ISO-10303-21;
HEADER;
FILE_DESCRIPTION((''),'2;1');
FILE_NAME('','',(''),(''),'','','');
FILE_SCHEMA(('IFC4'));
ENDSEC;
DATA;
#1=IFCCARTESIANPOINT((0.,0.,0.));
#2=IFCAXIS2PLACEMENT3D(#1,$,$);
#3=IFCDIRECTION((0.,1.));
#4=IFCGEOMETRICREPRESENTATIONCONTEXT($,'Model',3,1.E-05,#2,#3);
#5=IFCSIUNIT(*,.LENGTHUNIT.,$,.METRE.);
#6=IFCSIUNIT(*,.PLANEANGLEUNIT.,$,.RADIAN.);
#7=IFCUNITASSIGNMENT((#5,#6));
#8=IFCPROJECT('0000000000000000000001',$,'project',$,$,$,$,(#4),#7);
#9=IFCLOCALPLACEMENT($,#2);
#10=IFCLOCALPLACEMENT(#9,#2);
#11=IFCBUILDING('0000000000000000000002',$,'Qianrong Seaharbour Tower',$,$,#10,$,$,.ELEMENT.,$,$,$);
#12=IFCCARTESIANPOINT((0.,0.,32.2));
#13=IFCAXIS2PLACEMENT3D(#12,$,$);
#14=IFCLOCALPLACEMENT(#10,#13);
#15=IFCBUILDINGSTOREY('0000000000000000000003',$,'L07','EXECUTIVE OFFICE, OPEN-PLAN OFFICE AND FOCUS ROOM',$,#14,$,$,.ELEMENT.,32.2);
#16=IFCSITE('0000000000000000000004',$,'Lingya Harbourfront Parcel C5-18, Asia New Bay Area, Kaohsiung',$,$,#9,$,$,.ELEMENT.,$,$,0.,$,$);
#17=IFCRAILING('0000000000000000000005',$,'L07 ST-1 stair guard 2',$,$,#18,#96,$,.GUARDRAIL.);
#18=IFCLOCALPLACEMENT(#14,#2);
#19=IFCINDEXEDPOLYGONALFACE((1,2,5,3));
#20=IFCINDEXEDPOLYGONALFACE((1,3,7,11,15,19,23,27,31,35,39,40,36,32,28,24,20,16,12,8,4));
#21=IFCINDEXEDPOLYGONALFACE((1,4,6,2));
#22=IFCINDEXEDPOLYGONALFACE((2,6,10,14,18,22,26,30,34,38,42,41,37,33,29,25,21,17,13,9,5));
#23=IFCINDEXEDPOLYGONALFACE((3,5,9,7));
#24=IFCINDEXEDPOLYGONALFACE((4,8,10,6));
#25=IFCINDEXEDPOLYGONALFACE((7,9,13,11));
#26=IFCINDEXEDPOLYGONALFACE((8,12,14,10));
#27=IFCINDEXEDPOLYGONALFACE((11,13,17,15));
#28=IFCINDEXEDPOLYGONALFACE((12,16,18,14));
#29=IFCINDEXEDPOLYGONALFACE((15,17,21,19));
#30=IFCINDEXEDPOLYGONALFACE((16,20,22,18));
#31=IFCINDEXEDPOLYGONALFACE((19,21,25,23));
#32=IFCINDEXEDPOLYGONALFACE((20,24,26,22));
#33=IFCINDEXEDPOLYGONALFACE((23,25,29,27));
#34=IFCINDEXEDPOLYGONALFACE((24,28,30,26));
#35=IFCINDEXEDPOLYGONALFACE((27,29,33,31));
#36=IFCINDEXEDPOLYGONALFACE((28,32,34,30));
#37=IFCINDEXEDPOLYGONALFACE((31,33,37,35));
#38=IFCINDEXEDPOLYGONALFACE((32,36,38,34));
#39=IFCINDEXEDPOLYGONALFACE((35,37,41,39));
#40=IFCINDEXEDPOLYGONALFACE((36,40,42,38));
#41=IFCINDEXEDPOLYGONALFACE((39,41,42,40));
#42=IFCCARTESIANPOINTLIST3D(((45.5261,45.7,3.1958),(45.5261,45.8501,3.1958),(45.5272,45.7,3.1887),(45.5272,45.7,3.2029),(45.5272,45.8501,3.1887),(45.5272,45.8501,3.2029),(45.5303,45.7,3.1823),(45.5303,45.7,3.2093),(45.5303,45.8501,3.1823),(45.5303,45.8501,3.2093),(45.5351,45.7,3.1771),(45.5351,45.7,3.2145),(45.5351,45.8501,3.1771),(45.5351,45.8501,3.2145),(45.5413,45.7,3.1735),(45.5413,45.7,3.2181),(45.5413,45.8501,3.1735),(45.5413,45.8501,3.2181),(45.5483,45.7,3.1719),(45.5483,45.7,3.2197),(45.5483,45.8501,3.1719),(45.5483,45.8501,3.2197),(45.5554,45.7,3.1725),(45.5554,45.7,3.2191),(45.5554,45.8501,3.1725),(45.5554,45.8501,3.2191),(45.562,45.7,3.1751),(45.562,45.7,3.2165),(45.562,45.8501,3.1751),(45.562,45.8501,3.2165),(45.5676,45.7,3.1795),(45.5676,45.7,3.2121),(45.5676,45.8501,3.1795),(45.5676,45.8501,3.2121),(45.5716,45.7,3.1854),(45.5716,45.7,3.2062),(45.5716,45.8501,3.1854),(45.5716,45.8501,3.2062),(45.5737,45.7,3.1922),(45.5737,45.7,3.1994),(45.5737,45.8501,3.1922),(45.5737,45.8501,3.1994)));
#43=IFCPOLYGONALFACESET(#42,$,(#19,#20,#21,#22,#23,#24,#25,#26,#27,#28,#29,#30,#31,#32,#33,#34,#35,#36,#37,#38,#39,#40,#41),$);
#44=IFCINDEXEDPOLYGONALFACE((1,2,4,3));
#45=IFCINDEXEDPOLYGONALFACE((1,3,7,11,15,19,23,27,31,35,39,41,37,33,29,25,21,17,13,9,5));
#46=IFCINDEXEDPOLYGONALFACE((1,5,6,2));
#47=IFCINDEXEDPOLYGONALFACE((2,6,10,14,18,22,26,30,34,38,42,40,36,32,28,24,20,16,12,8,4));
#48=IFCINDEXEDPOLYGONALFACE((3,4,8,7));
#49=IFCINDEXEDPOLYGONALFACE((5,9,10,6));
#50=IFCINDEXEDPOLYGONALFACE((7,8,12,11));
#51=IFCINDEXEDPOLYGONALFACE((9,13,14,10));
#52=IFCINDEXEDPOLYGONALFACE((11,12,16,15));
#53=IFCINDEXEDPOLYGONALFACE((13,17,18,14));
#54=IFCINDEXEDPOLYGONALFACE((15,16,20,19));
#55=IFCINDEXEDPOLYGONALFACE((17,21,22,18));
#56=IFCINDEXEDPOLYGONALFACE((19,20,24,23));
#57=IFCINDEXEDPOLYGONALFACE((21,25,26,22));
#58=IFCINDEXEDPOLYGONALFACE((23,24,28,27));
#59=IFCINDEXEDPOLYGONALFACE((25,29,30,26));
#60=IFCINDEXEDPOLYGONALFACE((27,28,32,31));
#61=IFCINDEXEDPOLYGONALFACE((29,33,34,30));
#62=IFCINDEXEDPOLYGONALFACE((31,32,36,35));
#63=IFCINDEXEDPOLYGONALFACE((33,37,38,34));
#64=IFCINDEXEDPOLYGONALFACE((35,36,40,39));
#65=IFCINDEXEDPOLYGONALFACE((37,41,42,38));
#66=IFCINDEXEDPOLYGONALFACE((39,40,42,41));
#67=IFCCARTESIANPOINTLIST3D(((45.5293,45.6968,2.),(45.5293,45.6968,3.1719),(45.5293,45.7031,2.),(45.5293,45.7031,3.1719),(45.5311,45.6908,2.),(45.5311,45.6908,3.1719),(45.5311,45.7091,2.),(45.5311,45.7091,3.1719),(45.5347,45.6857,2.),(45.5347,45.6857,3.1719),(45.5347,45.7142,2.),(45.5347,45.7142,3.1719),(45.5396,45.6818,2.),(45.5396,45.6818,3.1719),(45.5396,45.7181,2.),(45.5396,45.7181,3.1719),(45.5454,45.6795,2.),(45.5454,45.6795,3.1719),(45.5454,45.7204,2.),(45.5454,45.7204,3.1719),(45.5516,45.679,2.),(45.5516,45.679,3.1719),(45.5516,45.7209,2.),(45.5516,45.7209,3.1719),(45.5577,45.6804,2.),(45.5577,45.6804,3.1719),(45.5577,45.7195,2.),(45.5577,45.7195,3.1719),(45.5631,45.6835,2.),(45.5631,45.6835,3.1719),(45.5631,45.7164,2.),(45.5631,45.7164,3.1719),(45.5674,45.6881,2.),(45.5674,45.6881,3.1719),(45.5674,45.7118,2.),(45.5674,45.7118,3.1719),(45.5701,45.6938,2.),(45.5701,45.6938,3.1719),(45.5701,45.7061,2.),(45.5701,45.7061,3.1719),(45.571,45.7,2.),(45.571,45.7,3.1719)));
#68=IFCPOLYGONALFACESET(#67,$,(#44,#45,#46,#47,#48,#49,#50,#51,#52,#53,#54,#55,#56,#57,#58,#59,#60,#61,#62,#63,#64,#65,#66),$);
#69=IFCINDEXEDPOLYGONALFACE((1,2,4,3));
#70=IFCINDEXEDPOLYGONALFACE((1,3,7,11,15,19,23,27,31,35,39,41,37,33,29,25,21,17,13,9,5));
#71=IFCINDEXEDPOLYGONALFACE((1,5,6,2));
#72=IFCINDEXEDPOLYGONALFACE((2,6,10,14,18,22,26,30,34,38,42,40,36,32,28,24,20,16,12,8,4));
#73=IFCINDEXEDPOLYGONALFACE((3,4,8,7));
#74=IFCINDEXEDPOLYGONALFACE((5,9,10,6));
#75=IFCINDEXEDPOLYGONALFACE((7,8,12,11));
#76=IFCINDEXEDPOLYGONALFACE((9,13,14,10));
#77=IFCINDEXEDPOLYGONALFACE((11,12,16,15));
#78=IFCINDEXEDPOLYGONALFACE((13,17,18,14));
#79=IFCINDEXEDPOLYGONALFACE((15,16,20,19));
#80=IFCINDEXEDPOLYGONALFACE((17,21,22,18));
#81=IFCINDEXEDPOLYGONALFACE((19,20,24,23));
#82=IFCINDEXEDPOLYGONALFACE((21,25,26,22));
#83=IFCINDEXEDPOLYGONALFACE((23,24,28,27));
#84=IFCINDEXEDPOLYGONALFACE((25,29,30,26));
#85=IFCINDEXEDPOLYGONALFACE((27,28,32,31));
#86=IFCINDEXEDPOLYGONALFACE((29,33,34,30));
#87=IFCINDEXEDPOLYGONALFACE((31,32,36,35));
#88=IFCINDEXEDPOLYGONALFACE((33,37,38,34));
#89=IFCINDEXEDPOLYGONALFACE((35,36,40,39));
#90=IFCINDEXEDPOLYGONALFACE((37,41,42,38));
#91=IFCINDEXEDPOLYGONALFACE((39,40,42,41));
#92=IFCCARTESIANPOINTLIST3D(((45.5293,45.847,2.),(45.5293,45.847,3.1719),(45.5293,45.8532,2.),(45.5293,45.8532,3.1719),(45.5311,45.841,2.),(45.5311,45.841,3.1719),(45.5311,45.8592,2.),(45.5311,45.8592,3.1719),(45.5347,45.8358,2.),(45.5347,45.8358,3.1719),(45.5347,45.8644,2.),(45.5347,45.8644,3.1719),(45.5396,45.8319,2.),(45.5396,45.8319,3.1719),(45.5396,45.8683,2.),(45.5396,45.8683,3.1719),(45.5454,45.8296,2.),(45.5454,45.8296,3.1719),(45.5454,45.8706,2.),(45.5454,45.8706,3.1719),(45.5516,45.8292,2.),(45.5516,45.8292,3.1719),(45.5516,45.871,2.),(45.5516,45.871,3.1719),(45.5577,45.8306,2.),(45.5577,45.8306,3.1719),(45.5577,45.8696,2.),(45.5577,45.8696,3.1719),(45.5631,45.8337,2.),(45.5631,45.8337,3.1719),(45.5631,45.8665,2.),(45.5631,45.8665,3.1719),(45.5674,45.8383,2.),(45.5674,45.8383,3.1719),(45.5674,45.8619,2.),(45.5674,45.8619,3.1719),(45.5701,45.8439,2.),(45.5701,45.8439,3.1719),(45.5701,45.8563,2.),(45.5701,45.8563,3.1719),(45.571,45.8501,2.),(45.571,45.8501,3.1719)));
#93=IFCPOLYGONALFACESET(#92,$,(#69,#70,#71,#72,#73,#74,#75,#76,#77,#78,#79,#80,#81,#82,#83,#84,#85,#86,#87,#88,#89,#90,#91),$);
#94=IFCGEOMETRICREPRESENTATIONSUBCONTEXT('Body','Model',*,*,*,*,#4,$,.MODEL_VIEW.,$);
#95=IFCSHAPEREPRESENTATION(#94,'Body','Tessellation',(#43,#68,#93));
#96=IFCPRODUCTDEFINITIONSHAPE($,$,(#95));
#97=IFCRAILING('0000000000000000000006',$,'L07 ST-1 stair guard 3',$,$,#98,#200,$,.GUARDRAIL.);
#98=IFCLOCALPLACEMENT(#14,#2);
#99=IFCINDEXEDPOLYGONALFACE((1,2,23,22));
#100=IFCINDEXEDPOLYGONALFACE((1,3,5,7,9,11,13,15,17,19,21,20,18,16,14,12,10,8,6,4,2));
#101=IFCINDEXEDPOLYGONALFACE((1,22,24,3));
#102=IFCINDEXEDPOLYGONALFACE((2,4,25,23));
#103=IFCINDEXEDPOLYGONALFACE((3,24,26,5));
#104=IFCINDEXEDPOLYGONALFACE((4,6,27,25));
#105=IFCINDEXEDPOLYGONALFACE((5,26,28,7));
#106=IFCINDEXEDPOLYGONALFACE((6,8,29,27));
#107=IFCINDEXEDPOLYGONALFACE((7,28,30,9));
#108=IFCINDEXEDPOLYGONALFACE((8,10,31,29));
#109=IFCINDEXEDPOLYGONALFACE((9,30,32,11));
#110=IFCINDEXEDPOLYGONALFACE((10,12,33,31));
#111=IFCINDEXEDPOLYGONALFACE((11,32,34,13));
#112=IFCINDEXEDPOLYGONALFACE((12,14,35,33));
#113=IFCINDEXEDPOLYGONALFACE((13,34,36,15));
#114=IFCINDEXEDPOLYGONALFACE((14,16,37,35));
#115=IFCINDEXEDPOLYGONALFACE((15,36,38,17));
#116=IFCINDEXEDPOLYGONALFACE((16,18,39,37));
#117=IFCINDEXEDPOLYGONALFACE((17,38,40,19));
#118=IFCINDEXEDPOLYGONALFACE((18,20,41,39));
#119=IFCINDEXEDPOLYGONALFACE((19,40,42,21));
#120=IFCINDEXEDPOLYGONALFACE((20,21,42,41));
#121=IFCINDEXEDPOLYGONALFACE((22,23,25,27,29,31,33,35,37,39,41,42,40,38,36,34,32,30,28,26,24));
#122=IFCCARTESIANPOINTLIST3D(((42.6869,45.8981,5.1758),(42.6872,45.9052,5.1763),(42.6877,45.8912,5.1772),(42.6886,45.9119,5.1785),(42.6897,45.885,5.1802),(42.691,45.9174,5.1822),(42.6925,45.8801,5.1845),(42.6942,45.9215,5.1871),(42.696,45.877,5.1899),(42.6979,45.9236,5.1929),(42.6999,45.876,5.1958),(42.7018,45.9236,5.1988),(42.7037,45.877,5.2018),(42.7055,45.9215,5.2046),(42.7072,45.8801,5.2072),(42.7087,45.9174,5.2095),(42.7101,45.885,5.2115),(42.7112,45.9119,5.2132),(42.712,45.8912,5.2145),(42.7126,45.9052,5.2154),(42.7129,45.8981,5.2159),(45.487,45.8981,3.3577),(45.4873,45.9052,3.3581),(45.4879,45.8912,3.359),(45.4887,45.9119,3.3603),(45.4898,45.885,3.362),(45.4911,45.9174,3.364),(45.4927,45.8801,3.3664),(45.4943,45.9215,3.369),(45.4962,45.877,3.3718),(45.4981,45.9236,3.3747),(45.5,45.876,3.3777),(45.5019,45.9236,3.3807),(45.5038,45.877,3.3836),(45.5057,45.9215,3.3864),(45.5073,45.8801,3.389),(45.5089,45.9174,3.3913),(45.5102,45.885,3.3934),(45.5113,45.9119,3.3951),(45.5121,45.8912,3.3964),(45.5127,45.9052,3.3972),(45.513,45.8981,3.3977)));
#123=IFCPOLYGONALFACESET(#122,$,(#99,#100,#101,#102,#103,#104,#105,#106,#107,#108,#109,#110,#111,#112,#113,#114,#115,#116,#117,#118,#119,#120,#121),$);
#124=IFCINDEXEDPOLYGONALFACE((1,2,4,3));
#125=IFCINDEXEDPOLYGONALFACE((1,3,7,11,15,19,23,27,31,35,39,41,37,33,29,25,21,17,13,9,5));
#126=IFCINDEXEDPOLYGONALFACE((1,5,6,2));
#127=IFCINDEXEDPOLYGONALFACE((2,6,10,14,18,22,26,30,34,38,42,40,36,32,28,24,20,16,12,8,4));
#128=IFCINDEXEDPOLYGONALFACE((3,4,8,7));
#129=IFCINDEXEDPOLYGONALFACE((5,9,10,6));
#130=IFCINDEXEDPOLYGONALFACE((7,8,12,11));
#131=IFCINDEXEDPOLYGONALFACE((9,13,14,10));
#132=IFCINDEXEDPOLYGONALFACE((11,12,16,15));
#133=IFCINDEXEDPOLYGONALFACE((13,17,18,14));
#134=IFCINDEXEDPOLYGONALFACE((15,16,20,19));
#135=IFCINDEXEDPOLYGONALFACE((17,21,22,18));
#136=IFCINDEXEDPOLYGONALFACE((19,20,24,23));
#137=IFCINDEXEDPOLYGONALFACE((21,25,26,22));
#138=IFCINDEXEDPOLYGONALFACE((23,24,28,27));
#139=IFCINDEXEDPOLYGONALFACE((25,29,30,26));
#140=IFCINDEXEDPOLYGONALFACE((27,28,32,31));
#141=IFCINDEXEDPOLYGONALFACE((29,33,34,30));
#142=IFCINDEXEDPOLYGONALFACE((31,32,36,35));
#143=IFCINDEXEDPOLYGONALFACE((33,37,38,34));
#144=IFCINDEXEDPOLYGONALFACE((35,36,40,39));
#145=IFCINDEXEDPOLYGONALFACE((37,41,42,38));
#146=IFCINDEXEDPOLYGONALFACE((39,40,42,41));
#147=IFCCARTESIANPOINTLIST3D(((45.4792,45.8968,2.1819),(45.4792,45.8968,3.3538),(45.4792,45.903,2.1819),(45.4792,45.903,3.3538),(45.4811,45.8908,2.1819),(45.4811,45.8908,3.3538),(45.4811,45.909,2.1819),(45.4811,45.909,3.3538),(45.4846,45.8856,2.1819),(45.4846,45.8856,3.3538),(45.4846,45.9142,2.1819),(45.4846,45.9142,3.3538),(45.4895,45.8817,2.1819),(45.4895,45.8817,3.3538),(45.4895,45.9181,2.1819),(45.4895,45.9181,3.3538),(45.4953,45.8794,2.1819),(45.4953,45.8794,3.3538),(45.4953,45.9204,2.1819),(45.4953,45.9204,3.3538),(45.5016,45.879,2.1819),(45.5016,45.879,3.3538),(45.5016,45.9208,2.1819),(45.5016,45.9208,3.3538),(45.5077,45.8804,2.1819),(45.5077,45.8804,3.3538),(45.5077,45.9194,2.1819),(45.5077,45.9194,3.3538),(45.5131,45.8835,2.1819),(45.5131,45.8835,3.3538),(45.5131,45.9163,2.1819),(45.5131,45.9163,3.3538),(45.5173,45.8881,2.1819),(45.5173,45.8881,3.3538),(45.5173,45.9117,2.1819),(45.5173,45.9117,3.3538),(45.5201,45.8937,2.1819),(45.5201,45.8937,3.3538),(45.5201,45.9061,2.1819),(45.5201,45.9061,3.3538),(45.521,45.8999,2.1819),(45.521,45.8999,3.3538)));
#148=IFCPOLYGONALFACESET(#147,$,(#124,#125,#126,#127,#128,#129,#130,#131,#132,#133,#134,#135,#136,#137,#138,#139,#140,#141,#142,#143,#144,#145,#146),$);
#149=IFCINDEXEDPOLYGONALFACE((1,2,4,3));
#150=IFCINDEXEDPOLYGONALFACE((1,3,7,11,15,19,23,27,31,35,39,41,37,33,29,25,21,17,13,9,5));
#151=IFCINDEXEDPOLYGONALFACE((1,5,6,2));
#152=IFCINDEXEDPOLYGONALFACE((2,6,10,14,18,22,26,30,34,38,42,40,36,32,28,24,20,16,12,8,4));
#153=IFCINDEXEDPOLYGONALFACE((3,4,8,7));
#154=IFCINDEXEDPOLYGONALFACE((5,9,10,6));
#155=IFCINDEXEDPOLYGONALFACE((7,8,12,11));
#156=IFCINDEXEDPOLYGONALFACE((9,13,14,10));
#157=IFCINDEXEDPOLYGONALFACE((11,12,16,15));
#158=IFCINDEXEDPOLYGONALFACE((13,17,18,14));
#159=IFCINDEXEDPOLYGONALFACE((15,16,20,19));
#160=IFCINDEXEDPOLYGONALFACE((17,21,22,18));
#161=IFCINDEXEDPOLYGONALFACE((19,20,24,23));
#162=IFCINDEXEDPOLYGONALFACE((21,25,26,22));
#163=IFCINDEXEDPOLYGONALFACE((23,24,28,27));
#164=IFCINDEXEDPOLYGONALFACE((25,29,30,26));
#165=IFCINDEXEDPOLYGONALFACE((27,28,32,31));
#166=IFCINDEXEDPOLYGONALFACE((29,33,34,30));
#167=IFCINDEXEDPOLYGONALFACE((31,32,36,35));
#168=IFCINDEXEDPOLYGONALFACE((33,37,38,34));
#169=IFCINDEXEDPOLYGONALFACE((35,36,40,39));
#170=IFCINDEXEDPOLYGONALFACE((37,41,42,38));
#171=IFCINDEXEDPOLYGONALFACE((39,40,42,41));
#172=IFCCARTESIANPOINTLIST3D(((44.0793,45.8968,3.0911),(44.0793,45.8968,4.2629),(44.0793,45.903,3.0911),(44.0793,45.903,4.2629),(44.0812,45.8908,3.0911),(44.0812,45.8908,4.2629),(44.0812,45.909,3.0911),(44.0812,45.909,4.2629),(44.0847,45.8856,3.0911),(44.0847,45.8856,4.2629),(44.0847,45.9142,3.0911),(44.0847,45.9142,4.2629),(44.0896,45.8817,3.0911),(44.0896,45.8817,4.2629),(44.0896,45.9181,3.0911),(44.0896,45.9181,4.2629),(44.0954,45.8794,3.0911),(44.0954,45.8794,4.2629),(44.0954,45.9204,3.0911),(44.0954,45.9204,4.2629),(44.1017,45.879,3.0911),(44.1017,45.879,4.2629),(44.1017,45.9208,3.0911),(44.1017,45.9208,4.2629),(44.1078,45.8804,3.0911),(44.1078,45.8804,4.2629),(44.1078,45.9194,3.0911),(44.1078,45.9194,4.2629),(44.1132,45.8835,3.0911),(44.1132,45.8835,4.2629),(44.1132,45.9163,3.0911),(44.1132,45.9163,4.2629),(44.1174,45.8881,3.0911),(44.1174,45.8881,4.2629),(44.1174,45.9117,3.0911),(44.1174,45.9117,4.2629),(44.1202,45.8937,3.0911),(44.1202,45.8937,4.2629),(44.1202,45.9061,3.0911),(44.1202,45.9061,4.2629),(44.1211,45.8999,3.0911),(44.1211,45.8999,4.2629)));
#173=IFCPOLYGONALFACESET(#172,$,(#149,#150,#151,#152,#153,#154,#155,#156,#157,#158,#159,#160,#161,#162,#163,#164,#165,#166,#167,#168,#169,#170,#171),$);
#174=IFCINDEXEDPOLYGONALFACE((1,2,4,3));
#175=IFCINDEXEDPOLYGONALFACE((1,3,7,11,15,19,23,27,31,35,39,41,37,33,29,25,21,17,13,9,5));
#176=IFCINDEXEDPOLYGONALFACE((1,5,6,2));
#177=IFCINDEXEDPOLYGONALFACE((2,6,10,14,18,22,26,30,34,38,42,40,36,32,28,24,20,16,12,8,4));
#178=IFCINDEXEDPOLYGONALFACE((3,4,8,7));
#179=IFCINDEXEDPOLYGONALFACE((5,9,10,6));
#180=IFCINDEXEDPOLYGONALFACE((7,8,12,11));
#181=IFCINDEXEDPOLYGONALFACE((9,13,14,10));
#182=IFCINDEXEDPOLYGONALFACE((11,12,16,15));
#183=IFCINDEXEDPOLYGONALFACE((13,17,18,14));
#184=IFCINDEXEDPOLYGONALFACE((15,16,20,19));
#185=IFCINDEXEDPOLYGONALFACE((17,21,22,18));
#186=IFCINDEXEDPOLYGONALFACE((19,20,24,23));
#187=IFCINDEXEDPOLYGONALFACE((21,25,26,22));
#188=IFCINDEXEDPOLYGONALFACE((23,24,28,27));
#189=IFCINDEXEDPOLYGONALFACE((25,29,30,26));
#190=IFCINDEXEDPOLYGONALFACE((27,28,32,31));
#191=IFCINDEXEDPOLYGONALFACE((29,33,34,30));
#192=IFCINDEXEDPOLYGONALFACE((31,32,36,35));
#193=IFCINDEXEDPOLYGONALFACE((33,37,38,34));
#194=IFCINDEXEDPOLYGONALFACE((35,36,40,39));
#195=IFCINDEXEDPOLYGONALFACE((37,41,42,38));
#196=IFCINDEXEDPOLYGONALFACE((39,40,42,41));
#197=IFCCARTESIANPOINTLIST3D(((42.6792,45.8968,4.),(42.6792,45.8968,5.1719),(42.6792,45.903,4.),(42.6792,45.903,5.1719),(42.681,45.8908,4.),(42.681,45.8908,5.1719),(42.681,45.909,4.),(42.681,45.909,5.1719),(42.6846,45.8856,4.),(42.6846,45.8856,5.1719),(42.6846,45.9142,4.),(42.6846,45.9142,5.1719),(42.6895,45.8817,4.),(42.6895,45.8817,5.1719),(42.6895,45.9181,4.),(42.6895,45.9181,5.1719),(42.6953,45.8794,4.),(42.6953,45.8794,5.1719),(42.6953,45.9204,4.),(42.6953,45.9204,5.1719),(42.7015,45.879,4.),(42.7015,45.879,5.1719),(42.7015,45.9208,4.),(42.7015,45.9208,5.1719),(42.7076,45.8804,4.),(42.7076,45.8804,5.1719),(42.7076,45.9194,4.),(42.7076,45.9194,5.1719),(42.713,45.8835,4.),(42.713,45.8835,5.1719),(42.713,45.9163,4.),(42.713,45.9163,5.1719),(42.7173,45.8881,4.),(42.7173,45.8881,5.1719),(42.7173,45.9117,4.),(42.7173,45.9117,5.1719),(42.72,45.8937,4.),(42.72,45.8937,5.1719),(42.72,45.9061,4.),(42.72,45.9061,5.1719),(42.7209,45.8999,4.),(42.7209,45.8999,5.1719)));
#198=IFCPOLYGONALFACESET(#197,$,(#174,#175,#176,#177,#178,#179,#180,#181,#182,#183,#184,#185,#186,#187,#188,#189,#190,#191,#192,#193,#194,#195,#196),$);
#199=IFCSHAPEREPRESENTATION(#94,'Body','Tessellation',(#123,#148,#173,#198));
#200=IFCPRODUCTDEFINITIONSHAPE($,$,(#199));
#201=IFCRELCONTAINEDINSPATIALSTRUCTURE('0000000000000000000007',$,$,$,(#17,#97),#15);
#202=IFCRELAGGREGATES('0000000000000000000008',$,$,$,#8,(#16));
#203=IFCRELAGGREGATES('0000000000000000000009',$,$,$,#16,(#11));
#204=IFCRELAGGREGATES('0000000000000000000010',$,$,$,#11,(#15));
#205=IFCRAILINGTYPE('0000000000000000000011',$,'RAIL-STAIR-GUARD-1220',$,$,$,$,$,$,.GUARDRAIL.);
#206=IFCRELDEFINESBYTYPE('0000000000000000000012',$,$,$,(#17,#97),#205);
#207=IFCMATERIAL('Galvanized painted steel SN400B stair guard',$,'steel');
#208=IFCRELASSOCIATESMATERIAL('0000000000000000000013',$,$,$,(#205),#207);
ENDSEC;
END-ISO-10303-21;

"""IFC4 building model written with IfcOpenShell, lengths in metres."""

from ifc_helpers import new_model, si_unit, direction, frame, origin, origin_2d, place, context, subcontext, project, spatial, circle, extrude, material, type_object, element, save


model = new_model("IFC4")

# Units and contexts
model_context = context("Model", 3, precision=1e-05, world=origin(), true_north=direction((0.0, 1.0)))
body_context = subcontext(model_context, "Body", "Model", "MODEL_VIEW")
ifc_project = project(units=[si_unit("LENGTHUNIT", "METRE"), si_unit("PLANEANGLEUNIT", "RADIAN")], contexts=[model_context])

# Site, building, storey
site_placement = place(None, origin())
site = spatial("IfcSite", under=ifc_project, at=site_placement, Name="Lingya Harbourfront Parcel C5-18, Asia New Bay Area, Kaohsiung", CompositionType="ELEMENT", RefElevation=0.0)
building_placement = place(site_placement, origin())
building = spatial("IfcBuilding", under=site, at=building_placement, Name="Qianrong Seaharbour Tower", CompositionType="ELEMENT")
storey_placement = place(building_placement, frame((0.0, 0.0, 32.2)))
storey = spatial("IfcBuildingStorey", under=building, at=storey_placement, Name="L07", Description="EXECUTIVE OFFICE, OPEN-PLAN OFFICE AND FOCUS ROOM", CompositionType="ELEMENT", Elevation=32.2)

# Railings
ifc_material_1 = material(Name="Galvanized painted steel SN400B stair guard", Category="steel")
railing_type_1 = type_object("IfcRailingType", Name="RAIL-STAIR-GUARD-1220", PredefinedType="GUARDRAIL", material=ifc_material_1)
railing_1_placement = place(storey_placement, frame((45.55, 45.7, 2.0)))
element("IfcRailing", 1, at=railing_1_placement, inside=storey, type_object=railing_type_1, Name="L07 ST-1 stair guard 2", PredefinedType="GUARDRAIL", context=body_context, shape_type="SweptSolid", body=[
    extrude(circle(Radius=0.0239, at=origin_2d()), frame((0.0, 0.0, 1.1958), z_axis=(0.0, 1.0, 0.0), x_axis=(-1.0, 0.0, 0.0)), (0.0, 0.0, 1.0), 0.1501),
    extrude(circle(Radius=0.021, at=origin_2d()), origin(), (0.0, 0.0, 1.0), 1.1719),
    extrude(circle(Radius=0.021, at=origin_2d()), frame((0.0, 0.1501, 0.0)), (0.0, 0.0, 1.0), 1.1719),
])
railing_2_placement = place(storey_placement, frame((45.5, 45.8999, 2.1819)))
element("IfcRailing", 2, at=railing_2_placement, inside=storey, type_object=railing_type_1, Name="L07 ST-1 stair guard 3", PredefinedType="GUARDRAIL", context=body_context, shape_type="SweptSolid", body=[
    extrude(circle(Radius=0.0239, at=origin_2d()), frame((0.0, 0.0, 1.1958), z_axis=(-0.838706, 0.0, 0.544585), x_axis=(0.0, -1.0, 0.0)), (0.0, 0.0, 1.0), 3.3386),
    extrude(circle(Radius=0.021, at=origin_2d()), origin(), (0.0, 0.0, 1.0), 1.1719),
    extrude(circle(Radius=0.021, at=origin_2d()), frame((-1.3999, 0.0, 0.9092)), (0.0, 0.0, 1.0), 1.1719),
    extrude(circle(Radius=0.021, at=origin_2d()), frame((-2.8, 0.0, 1.8181)), (0.0, 0.0, 1.0), 1.1719),
])

save(model, "model.ifc")
